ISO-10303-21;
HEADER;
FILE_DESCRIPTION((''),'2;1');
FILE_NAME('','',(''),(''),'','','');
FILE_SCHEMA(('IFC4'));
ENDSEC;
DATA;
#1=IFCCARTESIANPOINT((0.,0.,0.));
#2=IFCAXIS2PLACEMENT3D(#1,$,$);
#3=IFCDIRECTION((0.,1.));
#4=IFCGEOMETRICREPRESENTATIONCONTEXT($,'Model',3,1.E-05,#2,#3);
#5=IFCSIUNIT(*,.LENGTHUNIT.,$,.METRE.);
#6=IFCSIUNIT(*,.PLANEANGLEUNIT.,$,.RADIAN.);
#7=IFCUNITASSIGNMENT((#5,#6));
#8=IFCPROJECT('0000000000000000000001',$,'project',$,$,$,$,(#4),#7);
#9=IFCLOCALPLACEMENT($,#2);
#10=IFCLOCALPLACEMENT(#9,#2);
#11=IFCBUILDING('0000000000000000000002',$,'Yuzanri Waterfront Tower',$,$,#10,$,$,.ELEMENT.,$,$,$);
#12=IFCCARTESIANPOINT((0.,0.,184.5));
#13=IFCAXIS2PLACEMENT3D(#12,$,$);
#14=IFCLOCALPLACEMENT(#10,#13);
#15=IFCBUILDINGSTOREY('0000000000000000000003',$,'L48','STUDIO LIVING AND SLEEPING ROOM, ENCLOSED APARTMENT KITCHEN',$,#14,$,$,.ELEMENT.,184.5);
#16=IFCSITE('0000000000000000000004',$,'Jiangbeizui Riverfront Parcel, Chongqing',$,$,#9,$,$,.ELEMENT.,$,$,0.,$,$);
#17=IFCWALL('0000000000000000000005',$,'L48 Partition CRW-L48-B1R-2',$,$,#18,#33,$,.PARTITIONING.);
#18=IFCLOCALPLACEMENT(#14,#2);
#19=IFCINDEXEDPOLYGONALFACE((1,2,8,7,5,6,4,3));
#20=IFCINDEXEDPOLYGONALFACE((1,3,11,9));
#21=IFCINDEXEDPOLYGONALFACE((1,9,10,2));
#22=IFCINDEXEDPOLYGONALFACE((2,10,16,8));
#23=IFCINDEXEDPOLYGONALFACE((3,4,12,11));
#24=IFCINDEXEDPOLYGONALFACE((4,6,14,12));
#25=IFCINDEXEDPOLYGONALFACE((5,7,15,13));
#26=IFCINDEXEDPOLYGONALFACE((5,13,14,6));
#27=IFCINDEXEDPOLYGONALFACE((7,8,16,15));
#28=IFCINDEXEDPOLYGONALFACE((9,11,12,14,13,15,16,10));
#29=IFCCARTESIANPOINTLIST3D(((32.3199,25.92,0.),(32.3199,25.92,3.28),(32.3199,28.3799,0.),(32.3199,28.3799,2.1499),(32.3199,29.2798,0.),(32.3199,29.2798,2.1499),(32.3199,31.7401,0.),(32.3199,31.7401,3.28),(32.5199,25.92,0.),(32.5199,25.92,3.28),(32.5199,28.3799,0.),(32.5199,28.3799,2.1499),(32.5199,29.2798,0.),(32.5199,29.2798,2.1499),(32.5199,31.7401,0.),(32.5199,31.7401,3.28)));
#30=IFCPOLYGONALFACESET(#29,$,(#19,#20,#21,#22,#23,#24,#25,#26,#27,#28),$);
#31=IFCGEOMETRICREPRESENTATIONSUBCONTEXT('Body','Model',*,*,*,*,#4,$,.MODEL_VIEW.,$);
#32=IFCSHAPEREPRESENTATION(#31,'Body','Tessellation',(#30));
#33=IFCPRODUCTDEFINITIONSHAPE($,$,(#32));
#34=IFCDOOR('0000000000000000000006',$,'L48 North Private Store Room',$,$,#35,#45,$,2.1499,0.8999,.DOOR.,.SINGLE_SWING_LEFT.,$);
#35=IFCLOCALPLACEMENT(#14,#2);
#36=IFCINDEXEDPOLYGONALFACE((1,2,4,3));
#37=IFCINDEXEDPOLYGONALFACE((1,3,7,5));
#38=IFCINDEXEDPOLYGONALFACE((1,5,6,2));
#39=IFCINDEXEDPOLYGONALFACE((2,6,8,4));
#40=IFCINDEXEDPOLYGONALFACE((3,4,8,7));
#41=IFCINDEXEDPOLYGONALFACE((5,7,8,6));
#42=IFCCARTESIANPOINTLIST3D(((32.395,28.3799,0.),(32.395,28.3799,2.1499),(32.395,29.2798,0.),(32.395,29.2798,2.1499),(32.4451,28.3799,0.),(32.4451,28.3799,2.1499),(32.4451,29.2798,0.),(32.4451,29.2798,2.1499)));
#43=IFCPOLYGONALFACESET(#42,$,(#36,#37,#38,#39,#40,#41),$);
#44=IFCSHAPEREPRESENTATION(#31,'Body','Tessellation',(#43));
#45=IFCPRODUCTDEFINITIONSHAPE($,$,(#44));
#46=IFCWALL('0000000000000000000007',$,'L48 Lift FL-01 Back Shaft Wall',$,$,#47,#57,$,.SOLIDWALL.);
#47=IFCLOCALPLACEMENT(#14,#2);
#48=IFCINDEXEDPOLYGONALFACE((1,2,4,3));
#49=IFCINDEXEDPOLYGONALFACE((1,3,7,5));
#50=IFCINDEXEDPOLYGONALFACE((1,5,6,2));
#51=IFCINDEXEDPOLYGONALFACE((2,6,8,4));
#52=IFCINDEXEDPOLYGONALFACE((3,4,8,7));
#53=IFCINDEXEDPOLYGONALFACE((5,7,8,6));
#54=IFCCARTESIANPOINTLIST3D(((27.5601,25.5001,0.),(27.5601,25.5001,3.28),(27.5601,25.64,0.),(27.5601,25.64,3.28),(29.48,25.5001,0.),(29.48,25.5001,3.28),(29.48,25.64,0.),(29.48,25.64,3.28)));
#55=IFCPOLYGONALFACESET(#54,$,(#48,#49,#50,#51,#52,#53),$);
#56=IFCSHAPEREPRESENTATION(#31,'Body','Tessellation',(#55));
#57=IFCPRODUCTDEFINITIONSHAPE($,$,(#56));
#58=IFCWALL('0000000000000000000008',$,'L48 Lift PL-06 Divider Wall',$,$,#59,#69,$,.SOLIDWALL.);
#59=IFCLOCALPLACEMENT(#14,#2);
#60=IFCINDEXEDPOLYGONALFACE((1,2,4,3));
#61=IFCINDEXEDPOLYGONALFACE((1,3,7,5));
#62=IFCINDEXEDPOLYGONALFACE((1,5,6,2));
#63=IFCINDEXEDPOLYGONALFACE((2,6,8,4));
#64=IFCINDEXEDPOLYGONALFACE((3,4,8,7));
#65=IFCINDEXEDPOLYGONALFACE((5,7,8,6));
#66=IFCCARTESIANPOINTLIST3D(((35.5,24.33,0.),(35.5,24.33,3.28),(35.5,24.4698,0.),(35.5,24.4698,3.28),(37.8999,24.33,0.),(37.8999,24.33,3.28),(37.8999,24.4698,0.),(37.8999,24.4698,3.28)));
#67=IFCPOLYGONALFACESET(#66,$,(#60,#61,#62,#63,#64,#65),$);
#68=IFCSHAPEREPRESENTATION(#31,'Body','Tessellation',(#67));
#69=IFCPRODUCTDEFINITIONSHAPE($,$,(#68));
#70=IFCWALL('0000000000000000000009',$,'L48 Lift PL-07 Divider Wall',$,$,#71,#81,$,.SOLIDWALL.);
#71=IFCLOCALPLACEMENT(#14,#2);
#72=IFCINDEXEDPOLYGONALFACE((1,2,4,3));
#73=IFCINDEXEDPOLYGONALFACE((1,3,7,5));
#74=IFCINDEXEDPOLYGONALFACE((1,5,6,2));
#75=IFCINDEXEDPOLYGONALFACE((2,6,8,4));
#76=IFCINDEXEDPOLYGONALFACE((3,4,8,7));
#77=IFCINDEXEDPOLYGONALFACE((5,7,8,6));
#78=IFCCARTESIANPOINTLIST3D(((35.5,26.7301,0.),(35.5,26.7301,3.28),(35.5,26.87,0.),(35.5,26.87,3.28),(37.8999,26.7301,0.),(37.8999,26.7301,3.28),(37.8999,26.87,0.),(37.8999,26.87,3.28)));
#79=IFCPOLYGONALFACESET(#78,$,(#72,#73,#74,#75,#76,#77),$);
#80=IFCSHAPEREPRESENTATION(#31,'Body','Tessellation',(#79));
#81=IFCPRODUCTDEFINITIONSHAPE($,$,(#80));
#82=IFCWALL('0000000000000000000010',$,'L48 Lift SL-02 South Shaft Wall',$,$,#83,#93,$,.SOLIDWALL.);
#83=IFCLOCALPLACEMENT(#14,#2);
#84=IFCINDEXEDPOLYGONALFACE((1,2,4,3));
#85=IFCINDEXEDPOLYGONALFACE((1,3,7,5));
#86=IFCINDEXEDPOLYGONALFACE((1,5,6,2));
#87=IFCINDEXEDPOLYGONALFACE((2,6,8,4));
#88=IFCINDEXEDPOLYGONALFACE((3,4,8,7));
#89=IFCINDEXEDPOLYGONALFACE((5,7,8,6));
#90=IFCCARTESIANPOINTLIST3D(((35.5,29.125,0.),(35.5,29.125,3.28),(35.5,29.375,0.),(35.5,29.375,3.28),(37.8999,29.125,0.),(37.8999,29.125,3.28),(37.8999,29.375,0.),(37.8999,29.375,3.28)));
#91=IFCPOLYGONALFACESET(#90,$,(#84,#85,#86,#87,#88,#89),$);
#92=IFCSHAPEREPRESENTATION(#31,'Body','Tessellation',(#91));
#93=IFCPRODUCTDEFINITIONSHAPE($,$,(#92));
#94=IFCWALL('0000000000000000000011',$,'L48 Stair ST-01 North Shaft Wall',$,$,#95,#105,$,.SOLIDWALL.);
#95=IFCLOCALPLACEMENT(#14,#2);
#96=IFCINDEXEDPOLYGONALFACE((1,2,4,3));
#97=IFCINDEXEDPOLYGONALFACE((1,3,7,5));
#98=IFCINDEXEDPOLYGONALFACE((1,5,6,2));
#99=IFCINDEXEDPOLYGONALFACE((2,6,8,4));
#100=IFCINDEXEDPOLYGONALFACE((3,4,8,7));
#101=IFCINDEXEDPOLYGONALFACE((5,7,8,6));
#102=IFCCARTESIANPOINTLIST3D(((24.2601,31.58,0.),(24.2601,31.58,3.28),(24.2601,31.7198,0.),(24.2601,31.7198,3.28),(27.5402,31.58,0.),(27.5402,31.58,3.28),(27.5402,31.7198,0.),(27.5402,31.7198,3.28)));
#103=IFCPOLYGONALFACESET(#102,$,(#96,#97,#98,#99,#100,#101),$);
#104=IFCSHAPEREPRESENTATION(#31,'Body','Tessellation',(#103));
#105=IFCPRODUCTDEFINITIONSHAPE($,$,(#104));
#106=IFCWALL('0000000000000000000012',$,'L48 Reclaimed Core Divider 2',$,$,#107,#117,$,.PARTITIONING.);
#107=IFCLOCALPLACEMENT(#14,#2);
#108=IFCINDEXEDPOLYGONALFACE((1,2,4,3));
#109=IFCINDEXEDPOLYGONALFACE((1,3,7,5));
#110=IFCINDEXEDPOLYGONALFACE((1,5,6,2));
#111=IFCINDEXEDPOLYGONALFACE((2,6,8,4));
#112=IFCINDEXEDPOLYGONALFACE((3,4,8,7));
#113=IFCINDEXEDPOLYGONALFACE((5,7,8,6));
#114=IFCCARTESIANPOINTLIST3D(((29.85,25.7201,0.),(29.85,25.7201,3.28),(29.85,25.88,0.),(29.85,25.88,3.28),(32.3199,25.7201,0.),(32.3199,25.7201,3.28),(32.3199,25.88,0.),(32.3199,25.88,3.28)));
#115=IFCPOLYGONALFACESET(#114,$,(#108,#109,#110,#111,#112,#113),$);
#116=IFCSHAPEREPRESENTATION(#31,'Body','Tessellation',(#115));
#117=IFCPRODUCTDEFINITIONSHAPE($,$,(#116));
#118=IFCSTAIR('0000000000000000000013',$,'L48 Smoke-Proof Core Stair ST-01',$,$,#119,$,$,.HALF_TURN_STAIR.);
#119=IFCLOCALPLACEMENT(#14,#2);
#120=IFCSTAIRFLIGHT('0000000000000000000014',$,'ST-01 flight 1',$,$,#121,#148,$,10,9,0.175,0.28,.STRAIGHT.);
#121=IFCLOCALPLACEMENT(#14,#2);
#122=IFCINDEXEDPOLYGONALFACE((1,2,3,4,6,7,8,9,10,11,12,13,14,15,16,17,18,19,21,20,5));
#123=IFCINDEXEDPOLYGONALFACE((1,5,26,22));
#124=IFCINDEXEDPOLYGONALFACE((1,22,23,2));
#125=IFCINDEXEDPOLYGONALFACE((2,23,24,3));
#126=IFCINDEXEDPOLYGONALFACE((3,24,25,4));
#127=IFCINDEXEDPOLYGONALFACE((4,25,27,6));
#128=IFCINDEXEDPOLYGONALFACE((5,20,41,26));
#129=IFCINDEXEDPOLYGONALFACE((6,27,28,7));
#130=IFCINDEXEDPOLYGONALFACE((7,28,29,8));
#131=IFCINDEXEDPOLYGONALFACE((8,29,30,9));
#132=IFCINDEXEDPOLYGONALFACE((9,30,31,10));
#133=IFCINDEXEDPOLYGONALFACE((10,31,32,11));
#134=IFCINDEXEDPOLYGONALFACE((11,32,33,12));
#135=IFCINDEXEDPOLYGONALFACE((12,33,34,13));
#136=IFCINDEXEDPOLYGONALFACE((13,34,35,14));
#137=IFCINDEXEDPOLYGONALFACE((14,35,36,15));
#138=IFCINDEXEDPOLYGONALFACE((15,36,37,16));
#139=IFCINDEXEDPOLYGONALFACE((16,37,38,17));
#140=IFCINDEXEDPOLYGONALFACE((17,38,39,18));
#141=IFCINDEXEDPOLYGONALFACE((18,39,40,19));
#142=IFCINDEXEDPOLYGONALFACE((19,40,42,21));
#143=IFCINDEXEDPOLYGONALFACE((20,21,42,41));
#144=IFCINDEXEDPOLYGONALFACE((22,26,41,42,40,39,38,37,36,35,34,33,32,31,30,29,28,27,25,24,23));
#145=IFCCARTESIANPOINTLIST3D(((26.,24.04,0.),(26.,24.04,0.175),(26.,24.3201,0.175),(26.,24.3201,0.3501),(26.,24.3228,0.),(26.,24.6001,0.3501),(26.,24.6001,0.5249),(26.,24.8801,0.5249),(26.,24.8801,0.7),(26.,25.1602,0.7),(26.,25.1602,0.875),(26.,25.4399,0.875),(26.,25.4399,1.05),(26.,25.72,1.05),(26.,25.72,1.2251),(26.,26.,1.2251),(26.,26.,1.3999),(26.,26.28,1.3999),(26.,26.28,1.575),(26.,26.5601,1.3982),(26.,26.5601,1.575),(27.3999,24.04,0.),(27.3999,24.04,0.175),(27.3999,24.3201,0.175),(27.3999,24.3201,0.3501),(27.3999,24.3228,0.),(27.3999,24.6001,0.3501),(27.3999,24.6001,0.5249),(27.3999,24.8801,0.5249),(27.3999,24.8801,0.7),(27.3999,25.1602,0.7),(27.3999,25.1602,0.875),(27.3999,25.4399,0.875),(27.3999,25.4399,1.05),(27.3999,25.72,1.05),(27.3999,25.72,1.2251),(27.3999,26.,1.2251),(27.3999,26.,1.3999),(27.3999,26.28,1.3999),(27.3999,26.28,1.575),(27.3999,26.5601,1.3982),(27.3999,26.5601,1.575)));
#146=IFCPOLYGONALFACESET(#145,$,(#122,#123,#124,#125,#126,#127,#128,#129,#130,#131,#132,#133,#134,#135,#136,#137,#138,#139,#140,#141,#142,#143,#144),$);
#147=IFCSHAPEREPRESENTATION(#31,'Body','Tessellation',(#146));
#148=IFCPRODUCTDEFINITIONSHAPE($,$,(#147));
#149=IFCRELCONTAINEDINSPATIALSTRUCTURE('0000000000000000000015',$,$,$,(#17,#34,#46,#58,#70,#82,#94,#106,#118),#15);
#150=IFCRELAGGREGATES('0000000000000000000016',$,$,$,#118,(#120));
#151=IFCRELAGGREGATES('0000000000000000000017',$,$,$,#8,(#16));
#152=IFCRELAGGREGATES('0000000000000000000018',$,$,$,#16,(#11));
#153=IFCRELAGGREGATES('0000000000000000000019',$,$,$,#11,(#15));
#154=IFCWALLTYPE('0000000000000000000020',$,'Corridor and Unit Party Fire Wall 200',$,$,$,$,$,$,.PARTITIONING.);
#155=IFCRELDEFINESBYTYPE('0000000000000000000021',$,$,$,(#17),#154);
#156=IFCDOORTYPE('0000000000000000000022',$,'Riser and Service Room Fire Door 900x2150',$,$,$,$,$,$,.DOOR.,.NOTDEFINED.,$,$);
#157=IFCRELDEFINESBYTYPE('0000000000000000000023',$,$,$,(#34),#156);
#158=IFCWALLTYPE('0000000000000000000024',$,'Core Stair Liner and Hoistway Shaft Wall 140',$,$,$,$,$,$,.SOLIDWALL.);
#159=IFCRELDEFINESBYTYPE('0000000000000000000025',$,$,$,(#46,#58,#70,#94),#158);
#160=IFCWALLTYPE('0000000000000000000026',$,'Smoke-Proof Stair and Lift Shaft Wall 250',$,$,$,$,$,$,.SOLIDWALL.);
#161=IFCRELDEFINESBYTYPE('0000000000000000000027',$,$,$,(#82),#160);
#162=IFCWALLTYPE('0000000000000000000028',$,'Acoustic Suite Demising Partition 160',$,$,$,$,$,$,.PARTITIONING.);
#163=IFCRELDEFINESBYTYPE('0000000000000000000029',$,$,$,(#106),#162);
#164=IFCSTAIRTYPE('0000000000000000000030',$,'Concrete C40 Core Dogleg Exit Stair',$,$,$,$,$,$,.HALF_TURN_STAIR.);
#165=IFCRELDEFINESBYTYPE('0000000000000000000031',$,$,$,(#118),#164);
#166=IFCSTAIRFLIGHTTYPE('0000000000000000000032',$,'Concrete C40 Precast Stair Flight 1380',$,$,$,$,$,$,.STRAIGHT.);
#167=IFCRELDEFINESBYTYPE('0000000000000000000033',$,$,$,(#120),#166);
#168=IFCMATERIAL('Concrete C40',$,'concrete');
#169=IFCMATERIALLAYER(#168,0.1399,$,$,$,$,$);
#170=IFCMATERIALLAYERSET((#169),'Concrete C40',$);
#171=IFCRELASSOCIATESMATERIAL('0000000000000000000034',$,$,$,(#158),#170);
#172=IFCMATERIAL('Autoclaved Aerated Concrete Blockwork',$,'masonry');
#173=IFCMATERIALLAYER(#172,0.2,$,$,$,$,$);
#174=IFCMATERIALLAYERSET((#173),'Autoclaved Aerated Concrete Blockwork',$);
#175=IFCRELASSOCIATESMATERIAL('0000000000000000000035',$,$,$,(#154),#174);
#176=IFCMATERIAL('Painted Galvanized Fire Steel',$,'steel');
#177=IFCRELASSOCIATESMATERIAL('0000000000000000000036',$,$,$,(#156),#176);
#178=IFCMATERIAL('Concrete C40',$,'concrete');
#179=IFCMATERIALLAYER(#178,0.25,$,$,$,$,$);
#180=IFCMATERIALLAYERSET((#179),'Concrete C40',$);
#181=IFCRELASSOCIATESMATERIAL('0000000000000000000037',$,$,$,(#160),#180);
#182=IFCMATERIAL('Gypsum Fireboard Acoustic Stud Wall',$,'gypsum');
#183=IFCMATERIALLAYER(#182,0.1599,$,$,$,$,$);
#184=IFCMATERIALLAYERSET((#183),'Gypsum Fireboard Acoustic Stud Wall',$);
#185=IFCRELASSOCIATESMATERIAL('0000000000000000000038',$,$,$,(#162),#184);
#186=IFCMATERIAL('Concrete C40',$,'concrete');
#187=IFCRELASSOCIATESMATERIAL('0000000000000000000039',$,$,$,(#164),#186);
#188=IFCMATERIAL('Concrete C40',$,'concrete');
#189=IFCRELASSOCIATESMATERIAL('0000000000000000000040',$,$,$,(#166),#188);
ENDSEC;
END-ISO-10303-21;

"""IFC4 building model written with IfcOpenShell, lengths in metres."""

from ifc_helpers import new_model, si_unit, direction, frame, frame_2d, origin, place, context, subcontext, project, spatial, polyline, rectangle, outline, extrude, source, transform, mapped, material, layer, layer_set, type_object, element, fill, aggregate, save


model = new_model("IFC4")

# Units and contexts
model_context = context("Model", 3, precision=1e-05, world=origin(), true_north=direction((0.0, 1.0)))
body_context = subcontext(model_context, "Body", "Model", "MODEL_VIEW")
ifc_project = project(units=[si_unit("LENGTHUNIT", "METRE"), si_unit("PLANEANGLEUNIT", "RADIAN")], contexts=[model_context])

# Site, building, storey
site_placement = place(None, origin())
site = spatial("IfcSite", under=ifc_project, at=site_placement, Name="Jiangbeizui Riverfront Parcel, Chongqing", CompositionType="ELEMENT", RefElevation=0.0)
building_placement = place(site_placement, origin())
building = spatial("IfcBuilding", under=site, at=building_placement, Name="Yuzanri Waterfront Tower", CompositionType="ELEMENT")
storey_placement = place(building_placement, frame((0.0, 0.0, 184.5)))
storey = spatial("IfcBuildingStorey", under=building, at=storey_placement, Name="L48", Description="STUDIO LIVING AND SLEEPING ROOM, ENCLOSED APARTMENT KITCHEN", CompositionType="ELEMENT", Elevation=184.5)

# Wall, opening, door
ifc_material_1 = material(Name="Concrete C40", Category="concrete")
ifc_layer_1 = layer(ifc_material_1, 0.1399)
ifc_layer_set_1 = layer_set([ifc_layer_1], Name="Concrete C40")
wall_type_1 = type_object("IfcWallType", Name="Core Stair Liner and Hoistway Shaft Wall 140", PredefinedType="SOLIDWALL", material=ifc_layer_set_1)
ifc_material_2 = material(Name="Autoclaved Aerated Concrete Blockwork", Category="masonry")
ifc_layer_2 = layer(ifc_material_2, 0.2)
ifc_layer_set_2 = layer_set([ifc_layer_2], Name="Autoclaved Aerated Concrete Blockwork")
wall_type_2 = type_object("IfcWallType", Name="Corridor and Unit Party Fire Wall 200", PredefinedType="PARTITIONING", material=ifc_layer_set_2)
ifc_material_3 = material(Name="Painted Galvanized Fire Steel", Category="steel")
door_type_1 = type_object("IfcDoorType", Name="Riser and Service Room Fire Door 900x2150", OperationType="NOTDEFINED", PredefinedType="DOOR", material=ifc_material_3)
shared_shape_1 = source(origin(), body_context, "Body", "SweptSolid", [
    extrude(rectangle(XDim=0.8999, YDim=2.1499, at=frame_2d((0.45, 1.075))), frame((0.0, 0.0249, 0.0), z_axis=(0.0, -1.0, 0.0), x_axis=(1.0, 0.0, 0.0)), (0.0, 0.0, 1.0), 0.05),
])
wall_1_placement = place(storey_placement, frame((32.4199, 25.9199, 0.0), z_axis=(0.0, 0.0, 1.0), x_axis=(0.0, 1.0, 0.0)))
wall_1 = element("IfcWall", 1, at=wall_1_placement, inside=storey, type_object=wall_type_2, Name="L48 Partition CRW-L48-B1R-2", PredefinedType="PARTITIONING", context=body_context, shape_type="SweptSolid", body=[
    extrude(rectangle(XDim=5.8201, YDim=0.2, at=frame_2d((2.9102, 0.0))), origin(), (0.0, 0.0, 1.0), 3.28),
])
opening_1_placement = place(wall_1_placement, frame((2.46, 0.0, 0.0)))
opening_1 = element("IfcOpeningElement", 2, at=opening_1_placement, cuts=wall_1, PredefinedType="OPENING", context=body_context, shape_type="SweptSolid", body=[
    extrude(rectangle(XDim=0.8999, YDim=2.1499, at=frame_2d((0.45, 1.075))), frame((0.0, 0.1147, 0.0), z_axis=(0.0, -1.0, 0.0), x_axis=(1.0, 0.0, 0.0)), (0.0, 0.0, 1.0), 0.2297),
])
door_1_placement = place(opening_1_placement, origin())
door_1 = element("IfcDoor", 3, at=door_1_placement, inside=storey, type_object=door_type_1, Name="L48 North Private Store Room", OperationType="SINGLE_SWING_LEFT", OverallHeight=2.1499, OverallWidth=0.8999, PredefinedType="DOOR", context=body_context, shape_type="MappedRepresentation", body=[
    mapped(shared_shape_1, transform((0.0, 0.0, 0.0), scale=1.0)),
])
fill(opening_1, door_1)

# Walls
shared_shape_2 = source(origin(), body_context, "Body", "SweptSolid", [
    extrude(rectangle(XDim=1.9199, YDim=0.1399, at=frame_2d((0.96, 0.0))), origin(), (0.0, 0.0, 1.0), 3.28),
])
wall_2_placement = place(storey_placement, frame((27.5601, 25.5701, 0.0), z_axis=(0.0, 0.0, 1.0), x_axis=(1.0, 0.0, 0.0)))
element("IfcWall", 4, at=wall_2_placement, inside=storey, type_object=wall_type_1, Name="L48 Lift FL-01 Back Shaft Wall", PredefinedType="SOLIDWALL", context=body_context, shape_type="MappedRepresentation", body=[
    mapped(shared_shape_2, transform((0.0, 0.0, 0.0), scale=1.0)),
])
shared_shape_3 = source(origin(), body_context, "Body", "SweptSolid", [
    extrude(rectangle(XDim=2.3999, YDim=0.1399, at=frame_2d((1.2, 0.0))), origin(), (0.0, 0.0, 1.0), 3.28),
])
for number, where, z_axis, x_axis, name in (
    (5, (35.5, 24.3999, 0.0), (0.0, 0.0, 1.0), (1.0, 0.0, 0.0), "L48 Lift PL-06 Divider Wall"),
    (6, (35.5, 26.8, 0.0), (0.0, 0.0, 1.0), (1.0, 0.0, 0.0), "L48 Lift PL-07 Divider Wall"),
):
    element("IfcWall", number, at=place(storey_placement, frame(where, z_axis=z_axis, x_axis=x_axis)), inside=storey, type_object=wall_type_1, Name=name, PredefinedType="SOLIDWALL", context=body_context, shape_type="MappedRepresentation", body=[
        mapped(shared_shape_3, transform((0.0, 0.0, 0.0), scale=1.0)),
    ])
ifc_material_4 = material(Name="Concrete C40", Category="concrete")
ifc_layer_3 = layer(ifc_material_4, 0.25)
ifc_layer_set_3 = layer_set([ifc_layer_3], Name="Concrete C40")
wall_type_3 = type_object("IfcWallType", Name="Smoke-Proof Stair and Lift Shaft Wall 250", PredefinedType="SOLIDWALL", material=ifc_layer_set_3)
shared_shape_4 = source(origin(), body_context, "Body", "SweptSolid", [
    extrude(rectangle(XDim=2.3999, YDim=0.25, at=frame_2d((1.2, 0.0))), origin(), (0.0, 0.0, 1.0), 3.28),
])
wall_3_placement = place(storey_placement, frame((35.5, 29.25, 0.0), z_axis=(0.0, 0.0, 1.0), x_axis=(1.0, 0.0, 0.0)))
element("IfcWall", 7, at=wall_3_placement, inside=storey, type_object=wall_type_3, Name="L48 Lift SL-02 South Shaft Wall", PredefinedType="SOLIDWALL", context=body_context, shape_type="MappedRepresentation", body=[
    mapped(shared_shape_4, transform((0.0, 0.0, 0.0), scale=1.0)),
])
shared_shape_5 = source(origin(), body_context, "Body", "SweptSolid", [
    extrude(rectangle(XDim=3.28, YDim=0.1399, at=frame_2d((1.6401, 0.0))), origin(), (0.0, 0.0, 1.0), 3.28),
])
wall_4_placement = place(storey_placement, frame((24.26, 31.6499, 0.0), z_axis=(0.0, 0.0, 1.0), x_axis=(1.0, 0.0, 0.0)))
element("IfcWall", 8, at=wall_4_placement, inside=storey, type_object=wall_type_1, Name="L48 Stair ST-01 North Shaft Wall", PredefinedType="SOLIDWALL", context=body_context, shape_type="MappedRepresentation", body=[
    mapped(shared_shape_5, transform((0.0, 0.0, 0.0), scale=1.0)),
])
ifc_material_5 = material(Name="Gypsum Fireboard Acoustic Stud Wall", Category="gypsum")
ifc_layer_4 = layer(ifc_material_5, 0.1599)
ifc_layer_set_4 = layer_set([ifc_layer_4], Name="Gypsum Fireboard Acoustic Stud Wall")
wall_type_4 = type_object("IfcWallType", Name="Acoustic Suite Demising Partition 160", PredefinedType="PARTITIONING", material=ifc_layer_set_4)
shared_shape_6 = source(origin(), body_context, "Body", "SweptSolid", [
    extrude(rectangle(XDim=2.47, YDim=0.1599, at=frame_2d((1.2349, 0.0))), origin(), (0.0, 0.0, 1.0), 3.28),
])
wall_5_placement = place(storey_placement, frame((29.8501, 25.8, 0.0), z_axis=(0.0, 0.0, 1.0), x_axis=(1.0, 0.0, 0.0)))
element("IfcWall", 9, at=wall_5_placement, inside=storey, type_object=wall_type_4, Name="L48 Reclaimed Core Divider 2", PredefinedType="PARTITIONING", context=body_context, shape_type="MappedRepresentation", body=[
    mapped(shared_shape_6, transform((0.0, 0.0, 0.0), scale=1.0)),
])

# Stair, stair flight
ifc_material_6 = material(Name="Concrete C40", Category="concrete")
stair_type = type_object("IfcStairType", Name="Concrete C40 Core Dogleg Exit Stair", PredefinedType="HALF_TURN_STAIR", material=ifc_material_6)
stair_placement = place(storey_placement, origin())
stair = element("IfcStair", 10, at=stair_placement, inside=storey, type_object=stair_type, Name="L48 Smoke-Proof Core Stair ST-01", PredefinedType="HALF_TURN_STAIR")
ifc_material_7 = material(Name="Concrete C40", Category="concrete")
stair_flight_type = type_object("IfcStairFlightType", Name="Concrete C40 Precast Stair Flight 1380", PredefinedType="STRAIGHT", material=ifc_material_7)
shared_shape_7 = source(origin(), body_context, "Body", "SweptSolid", [
    extrude(outline(polyline([(0.0, 0.0), (0.0, 0.175), (0.28, 0.175), (0.28, 0.3501), (0.5601, 0.3501), (0.5601, 0.5249), (0.8401, 0.5249), (0.8401, 0.7), (1.1201, 0.7), (1.1201, 0.875), (1.3999, 0.875), (1.3999, 1.05), (1.6799, 1.05), (1.6799, 1.2251), (1.96, 1.2251), (1.96, 1.3999), (2.24, 1.3999), (2.24, 1.575), (2.52, 1.575), (2.52, 1.75), (2.52, 1.3982), (0.2827, 0.0), (0.0, 0.0)])), frame((0.0, 0.7, 0.0), z_axis=(0.0, -1.0, 0.0), x_axis=(1.0, 0.0, 0.0)), (0.0, 0.0, 1.0), 1.3999),
])
stair_flight_1_placement = place(storey_placement, frame((26.7, 24.04, 0.0), z_axis=(0.0, 0.0, 1.0), x_axis=(0.0, 1.0, 0.0)))
stair_flight_1 = element("IfcStairFlight", 11, at=stair_flight_1_placement, type_object=stair_flight_type, Name="ST-01 flight 1", NumberOfRisers=10, NumberOfTreads=9, PredefinedType="STRAIGHT", RiserHeight=0.175, TreadLength=0.28, context=body_context, shape_type="MappedRepresentation", body=[
    mapped(shared_shape_7, transform((0.0, 0.0, 0.0), scale=1.0)),
])
aggregate(stair, [stair_flight_1])

save(model, "model.ifc")
